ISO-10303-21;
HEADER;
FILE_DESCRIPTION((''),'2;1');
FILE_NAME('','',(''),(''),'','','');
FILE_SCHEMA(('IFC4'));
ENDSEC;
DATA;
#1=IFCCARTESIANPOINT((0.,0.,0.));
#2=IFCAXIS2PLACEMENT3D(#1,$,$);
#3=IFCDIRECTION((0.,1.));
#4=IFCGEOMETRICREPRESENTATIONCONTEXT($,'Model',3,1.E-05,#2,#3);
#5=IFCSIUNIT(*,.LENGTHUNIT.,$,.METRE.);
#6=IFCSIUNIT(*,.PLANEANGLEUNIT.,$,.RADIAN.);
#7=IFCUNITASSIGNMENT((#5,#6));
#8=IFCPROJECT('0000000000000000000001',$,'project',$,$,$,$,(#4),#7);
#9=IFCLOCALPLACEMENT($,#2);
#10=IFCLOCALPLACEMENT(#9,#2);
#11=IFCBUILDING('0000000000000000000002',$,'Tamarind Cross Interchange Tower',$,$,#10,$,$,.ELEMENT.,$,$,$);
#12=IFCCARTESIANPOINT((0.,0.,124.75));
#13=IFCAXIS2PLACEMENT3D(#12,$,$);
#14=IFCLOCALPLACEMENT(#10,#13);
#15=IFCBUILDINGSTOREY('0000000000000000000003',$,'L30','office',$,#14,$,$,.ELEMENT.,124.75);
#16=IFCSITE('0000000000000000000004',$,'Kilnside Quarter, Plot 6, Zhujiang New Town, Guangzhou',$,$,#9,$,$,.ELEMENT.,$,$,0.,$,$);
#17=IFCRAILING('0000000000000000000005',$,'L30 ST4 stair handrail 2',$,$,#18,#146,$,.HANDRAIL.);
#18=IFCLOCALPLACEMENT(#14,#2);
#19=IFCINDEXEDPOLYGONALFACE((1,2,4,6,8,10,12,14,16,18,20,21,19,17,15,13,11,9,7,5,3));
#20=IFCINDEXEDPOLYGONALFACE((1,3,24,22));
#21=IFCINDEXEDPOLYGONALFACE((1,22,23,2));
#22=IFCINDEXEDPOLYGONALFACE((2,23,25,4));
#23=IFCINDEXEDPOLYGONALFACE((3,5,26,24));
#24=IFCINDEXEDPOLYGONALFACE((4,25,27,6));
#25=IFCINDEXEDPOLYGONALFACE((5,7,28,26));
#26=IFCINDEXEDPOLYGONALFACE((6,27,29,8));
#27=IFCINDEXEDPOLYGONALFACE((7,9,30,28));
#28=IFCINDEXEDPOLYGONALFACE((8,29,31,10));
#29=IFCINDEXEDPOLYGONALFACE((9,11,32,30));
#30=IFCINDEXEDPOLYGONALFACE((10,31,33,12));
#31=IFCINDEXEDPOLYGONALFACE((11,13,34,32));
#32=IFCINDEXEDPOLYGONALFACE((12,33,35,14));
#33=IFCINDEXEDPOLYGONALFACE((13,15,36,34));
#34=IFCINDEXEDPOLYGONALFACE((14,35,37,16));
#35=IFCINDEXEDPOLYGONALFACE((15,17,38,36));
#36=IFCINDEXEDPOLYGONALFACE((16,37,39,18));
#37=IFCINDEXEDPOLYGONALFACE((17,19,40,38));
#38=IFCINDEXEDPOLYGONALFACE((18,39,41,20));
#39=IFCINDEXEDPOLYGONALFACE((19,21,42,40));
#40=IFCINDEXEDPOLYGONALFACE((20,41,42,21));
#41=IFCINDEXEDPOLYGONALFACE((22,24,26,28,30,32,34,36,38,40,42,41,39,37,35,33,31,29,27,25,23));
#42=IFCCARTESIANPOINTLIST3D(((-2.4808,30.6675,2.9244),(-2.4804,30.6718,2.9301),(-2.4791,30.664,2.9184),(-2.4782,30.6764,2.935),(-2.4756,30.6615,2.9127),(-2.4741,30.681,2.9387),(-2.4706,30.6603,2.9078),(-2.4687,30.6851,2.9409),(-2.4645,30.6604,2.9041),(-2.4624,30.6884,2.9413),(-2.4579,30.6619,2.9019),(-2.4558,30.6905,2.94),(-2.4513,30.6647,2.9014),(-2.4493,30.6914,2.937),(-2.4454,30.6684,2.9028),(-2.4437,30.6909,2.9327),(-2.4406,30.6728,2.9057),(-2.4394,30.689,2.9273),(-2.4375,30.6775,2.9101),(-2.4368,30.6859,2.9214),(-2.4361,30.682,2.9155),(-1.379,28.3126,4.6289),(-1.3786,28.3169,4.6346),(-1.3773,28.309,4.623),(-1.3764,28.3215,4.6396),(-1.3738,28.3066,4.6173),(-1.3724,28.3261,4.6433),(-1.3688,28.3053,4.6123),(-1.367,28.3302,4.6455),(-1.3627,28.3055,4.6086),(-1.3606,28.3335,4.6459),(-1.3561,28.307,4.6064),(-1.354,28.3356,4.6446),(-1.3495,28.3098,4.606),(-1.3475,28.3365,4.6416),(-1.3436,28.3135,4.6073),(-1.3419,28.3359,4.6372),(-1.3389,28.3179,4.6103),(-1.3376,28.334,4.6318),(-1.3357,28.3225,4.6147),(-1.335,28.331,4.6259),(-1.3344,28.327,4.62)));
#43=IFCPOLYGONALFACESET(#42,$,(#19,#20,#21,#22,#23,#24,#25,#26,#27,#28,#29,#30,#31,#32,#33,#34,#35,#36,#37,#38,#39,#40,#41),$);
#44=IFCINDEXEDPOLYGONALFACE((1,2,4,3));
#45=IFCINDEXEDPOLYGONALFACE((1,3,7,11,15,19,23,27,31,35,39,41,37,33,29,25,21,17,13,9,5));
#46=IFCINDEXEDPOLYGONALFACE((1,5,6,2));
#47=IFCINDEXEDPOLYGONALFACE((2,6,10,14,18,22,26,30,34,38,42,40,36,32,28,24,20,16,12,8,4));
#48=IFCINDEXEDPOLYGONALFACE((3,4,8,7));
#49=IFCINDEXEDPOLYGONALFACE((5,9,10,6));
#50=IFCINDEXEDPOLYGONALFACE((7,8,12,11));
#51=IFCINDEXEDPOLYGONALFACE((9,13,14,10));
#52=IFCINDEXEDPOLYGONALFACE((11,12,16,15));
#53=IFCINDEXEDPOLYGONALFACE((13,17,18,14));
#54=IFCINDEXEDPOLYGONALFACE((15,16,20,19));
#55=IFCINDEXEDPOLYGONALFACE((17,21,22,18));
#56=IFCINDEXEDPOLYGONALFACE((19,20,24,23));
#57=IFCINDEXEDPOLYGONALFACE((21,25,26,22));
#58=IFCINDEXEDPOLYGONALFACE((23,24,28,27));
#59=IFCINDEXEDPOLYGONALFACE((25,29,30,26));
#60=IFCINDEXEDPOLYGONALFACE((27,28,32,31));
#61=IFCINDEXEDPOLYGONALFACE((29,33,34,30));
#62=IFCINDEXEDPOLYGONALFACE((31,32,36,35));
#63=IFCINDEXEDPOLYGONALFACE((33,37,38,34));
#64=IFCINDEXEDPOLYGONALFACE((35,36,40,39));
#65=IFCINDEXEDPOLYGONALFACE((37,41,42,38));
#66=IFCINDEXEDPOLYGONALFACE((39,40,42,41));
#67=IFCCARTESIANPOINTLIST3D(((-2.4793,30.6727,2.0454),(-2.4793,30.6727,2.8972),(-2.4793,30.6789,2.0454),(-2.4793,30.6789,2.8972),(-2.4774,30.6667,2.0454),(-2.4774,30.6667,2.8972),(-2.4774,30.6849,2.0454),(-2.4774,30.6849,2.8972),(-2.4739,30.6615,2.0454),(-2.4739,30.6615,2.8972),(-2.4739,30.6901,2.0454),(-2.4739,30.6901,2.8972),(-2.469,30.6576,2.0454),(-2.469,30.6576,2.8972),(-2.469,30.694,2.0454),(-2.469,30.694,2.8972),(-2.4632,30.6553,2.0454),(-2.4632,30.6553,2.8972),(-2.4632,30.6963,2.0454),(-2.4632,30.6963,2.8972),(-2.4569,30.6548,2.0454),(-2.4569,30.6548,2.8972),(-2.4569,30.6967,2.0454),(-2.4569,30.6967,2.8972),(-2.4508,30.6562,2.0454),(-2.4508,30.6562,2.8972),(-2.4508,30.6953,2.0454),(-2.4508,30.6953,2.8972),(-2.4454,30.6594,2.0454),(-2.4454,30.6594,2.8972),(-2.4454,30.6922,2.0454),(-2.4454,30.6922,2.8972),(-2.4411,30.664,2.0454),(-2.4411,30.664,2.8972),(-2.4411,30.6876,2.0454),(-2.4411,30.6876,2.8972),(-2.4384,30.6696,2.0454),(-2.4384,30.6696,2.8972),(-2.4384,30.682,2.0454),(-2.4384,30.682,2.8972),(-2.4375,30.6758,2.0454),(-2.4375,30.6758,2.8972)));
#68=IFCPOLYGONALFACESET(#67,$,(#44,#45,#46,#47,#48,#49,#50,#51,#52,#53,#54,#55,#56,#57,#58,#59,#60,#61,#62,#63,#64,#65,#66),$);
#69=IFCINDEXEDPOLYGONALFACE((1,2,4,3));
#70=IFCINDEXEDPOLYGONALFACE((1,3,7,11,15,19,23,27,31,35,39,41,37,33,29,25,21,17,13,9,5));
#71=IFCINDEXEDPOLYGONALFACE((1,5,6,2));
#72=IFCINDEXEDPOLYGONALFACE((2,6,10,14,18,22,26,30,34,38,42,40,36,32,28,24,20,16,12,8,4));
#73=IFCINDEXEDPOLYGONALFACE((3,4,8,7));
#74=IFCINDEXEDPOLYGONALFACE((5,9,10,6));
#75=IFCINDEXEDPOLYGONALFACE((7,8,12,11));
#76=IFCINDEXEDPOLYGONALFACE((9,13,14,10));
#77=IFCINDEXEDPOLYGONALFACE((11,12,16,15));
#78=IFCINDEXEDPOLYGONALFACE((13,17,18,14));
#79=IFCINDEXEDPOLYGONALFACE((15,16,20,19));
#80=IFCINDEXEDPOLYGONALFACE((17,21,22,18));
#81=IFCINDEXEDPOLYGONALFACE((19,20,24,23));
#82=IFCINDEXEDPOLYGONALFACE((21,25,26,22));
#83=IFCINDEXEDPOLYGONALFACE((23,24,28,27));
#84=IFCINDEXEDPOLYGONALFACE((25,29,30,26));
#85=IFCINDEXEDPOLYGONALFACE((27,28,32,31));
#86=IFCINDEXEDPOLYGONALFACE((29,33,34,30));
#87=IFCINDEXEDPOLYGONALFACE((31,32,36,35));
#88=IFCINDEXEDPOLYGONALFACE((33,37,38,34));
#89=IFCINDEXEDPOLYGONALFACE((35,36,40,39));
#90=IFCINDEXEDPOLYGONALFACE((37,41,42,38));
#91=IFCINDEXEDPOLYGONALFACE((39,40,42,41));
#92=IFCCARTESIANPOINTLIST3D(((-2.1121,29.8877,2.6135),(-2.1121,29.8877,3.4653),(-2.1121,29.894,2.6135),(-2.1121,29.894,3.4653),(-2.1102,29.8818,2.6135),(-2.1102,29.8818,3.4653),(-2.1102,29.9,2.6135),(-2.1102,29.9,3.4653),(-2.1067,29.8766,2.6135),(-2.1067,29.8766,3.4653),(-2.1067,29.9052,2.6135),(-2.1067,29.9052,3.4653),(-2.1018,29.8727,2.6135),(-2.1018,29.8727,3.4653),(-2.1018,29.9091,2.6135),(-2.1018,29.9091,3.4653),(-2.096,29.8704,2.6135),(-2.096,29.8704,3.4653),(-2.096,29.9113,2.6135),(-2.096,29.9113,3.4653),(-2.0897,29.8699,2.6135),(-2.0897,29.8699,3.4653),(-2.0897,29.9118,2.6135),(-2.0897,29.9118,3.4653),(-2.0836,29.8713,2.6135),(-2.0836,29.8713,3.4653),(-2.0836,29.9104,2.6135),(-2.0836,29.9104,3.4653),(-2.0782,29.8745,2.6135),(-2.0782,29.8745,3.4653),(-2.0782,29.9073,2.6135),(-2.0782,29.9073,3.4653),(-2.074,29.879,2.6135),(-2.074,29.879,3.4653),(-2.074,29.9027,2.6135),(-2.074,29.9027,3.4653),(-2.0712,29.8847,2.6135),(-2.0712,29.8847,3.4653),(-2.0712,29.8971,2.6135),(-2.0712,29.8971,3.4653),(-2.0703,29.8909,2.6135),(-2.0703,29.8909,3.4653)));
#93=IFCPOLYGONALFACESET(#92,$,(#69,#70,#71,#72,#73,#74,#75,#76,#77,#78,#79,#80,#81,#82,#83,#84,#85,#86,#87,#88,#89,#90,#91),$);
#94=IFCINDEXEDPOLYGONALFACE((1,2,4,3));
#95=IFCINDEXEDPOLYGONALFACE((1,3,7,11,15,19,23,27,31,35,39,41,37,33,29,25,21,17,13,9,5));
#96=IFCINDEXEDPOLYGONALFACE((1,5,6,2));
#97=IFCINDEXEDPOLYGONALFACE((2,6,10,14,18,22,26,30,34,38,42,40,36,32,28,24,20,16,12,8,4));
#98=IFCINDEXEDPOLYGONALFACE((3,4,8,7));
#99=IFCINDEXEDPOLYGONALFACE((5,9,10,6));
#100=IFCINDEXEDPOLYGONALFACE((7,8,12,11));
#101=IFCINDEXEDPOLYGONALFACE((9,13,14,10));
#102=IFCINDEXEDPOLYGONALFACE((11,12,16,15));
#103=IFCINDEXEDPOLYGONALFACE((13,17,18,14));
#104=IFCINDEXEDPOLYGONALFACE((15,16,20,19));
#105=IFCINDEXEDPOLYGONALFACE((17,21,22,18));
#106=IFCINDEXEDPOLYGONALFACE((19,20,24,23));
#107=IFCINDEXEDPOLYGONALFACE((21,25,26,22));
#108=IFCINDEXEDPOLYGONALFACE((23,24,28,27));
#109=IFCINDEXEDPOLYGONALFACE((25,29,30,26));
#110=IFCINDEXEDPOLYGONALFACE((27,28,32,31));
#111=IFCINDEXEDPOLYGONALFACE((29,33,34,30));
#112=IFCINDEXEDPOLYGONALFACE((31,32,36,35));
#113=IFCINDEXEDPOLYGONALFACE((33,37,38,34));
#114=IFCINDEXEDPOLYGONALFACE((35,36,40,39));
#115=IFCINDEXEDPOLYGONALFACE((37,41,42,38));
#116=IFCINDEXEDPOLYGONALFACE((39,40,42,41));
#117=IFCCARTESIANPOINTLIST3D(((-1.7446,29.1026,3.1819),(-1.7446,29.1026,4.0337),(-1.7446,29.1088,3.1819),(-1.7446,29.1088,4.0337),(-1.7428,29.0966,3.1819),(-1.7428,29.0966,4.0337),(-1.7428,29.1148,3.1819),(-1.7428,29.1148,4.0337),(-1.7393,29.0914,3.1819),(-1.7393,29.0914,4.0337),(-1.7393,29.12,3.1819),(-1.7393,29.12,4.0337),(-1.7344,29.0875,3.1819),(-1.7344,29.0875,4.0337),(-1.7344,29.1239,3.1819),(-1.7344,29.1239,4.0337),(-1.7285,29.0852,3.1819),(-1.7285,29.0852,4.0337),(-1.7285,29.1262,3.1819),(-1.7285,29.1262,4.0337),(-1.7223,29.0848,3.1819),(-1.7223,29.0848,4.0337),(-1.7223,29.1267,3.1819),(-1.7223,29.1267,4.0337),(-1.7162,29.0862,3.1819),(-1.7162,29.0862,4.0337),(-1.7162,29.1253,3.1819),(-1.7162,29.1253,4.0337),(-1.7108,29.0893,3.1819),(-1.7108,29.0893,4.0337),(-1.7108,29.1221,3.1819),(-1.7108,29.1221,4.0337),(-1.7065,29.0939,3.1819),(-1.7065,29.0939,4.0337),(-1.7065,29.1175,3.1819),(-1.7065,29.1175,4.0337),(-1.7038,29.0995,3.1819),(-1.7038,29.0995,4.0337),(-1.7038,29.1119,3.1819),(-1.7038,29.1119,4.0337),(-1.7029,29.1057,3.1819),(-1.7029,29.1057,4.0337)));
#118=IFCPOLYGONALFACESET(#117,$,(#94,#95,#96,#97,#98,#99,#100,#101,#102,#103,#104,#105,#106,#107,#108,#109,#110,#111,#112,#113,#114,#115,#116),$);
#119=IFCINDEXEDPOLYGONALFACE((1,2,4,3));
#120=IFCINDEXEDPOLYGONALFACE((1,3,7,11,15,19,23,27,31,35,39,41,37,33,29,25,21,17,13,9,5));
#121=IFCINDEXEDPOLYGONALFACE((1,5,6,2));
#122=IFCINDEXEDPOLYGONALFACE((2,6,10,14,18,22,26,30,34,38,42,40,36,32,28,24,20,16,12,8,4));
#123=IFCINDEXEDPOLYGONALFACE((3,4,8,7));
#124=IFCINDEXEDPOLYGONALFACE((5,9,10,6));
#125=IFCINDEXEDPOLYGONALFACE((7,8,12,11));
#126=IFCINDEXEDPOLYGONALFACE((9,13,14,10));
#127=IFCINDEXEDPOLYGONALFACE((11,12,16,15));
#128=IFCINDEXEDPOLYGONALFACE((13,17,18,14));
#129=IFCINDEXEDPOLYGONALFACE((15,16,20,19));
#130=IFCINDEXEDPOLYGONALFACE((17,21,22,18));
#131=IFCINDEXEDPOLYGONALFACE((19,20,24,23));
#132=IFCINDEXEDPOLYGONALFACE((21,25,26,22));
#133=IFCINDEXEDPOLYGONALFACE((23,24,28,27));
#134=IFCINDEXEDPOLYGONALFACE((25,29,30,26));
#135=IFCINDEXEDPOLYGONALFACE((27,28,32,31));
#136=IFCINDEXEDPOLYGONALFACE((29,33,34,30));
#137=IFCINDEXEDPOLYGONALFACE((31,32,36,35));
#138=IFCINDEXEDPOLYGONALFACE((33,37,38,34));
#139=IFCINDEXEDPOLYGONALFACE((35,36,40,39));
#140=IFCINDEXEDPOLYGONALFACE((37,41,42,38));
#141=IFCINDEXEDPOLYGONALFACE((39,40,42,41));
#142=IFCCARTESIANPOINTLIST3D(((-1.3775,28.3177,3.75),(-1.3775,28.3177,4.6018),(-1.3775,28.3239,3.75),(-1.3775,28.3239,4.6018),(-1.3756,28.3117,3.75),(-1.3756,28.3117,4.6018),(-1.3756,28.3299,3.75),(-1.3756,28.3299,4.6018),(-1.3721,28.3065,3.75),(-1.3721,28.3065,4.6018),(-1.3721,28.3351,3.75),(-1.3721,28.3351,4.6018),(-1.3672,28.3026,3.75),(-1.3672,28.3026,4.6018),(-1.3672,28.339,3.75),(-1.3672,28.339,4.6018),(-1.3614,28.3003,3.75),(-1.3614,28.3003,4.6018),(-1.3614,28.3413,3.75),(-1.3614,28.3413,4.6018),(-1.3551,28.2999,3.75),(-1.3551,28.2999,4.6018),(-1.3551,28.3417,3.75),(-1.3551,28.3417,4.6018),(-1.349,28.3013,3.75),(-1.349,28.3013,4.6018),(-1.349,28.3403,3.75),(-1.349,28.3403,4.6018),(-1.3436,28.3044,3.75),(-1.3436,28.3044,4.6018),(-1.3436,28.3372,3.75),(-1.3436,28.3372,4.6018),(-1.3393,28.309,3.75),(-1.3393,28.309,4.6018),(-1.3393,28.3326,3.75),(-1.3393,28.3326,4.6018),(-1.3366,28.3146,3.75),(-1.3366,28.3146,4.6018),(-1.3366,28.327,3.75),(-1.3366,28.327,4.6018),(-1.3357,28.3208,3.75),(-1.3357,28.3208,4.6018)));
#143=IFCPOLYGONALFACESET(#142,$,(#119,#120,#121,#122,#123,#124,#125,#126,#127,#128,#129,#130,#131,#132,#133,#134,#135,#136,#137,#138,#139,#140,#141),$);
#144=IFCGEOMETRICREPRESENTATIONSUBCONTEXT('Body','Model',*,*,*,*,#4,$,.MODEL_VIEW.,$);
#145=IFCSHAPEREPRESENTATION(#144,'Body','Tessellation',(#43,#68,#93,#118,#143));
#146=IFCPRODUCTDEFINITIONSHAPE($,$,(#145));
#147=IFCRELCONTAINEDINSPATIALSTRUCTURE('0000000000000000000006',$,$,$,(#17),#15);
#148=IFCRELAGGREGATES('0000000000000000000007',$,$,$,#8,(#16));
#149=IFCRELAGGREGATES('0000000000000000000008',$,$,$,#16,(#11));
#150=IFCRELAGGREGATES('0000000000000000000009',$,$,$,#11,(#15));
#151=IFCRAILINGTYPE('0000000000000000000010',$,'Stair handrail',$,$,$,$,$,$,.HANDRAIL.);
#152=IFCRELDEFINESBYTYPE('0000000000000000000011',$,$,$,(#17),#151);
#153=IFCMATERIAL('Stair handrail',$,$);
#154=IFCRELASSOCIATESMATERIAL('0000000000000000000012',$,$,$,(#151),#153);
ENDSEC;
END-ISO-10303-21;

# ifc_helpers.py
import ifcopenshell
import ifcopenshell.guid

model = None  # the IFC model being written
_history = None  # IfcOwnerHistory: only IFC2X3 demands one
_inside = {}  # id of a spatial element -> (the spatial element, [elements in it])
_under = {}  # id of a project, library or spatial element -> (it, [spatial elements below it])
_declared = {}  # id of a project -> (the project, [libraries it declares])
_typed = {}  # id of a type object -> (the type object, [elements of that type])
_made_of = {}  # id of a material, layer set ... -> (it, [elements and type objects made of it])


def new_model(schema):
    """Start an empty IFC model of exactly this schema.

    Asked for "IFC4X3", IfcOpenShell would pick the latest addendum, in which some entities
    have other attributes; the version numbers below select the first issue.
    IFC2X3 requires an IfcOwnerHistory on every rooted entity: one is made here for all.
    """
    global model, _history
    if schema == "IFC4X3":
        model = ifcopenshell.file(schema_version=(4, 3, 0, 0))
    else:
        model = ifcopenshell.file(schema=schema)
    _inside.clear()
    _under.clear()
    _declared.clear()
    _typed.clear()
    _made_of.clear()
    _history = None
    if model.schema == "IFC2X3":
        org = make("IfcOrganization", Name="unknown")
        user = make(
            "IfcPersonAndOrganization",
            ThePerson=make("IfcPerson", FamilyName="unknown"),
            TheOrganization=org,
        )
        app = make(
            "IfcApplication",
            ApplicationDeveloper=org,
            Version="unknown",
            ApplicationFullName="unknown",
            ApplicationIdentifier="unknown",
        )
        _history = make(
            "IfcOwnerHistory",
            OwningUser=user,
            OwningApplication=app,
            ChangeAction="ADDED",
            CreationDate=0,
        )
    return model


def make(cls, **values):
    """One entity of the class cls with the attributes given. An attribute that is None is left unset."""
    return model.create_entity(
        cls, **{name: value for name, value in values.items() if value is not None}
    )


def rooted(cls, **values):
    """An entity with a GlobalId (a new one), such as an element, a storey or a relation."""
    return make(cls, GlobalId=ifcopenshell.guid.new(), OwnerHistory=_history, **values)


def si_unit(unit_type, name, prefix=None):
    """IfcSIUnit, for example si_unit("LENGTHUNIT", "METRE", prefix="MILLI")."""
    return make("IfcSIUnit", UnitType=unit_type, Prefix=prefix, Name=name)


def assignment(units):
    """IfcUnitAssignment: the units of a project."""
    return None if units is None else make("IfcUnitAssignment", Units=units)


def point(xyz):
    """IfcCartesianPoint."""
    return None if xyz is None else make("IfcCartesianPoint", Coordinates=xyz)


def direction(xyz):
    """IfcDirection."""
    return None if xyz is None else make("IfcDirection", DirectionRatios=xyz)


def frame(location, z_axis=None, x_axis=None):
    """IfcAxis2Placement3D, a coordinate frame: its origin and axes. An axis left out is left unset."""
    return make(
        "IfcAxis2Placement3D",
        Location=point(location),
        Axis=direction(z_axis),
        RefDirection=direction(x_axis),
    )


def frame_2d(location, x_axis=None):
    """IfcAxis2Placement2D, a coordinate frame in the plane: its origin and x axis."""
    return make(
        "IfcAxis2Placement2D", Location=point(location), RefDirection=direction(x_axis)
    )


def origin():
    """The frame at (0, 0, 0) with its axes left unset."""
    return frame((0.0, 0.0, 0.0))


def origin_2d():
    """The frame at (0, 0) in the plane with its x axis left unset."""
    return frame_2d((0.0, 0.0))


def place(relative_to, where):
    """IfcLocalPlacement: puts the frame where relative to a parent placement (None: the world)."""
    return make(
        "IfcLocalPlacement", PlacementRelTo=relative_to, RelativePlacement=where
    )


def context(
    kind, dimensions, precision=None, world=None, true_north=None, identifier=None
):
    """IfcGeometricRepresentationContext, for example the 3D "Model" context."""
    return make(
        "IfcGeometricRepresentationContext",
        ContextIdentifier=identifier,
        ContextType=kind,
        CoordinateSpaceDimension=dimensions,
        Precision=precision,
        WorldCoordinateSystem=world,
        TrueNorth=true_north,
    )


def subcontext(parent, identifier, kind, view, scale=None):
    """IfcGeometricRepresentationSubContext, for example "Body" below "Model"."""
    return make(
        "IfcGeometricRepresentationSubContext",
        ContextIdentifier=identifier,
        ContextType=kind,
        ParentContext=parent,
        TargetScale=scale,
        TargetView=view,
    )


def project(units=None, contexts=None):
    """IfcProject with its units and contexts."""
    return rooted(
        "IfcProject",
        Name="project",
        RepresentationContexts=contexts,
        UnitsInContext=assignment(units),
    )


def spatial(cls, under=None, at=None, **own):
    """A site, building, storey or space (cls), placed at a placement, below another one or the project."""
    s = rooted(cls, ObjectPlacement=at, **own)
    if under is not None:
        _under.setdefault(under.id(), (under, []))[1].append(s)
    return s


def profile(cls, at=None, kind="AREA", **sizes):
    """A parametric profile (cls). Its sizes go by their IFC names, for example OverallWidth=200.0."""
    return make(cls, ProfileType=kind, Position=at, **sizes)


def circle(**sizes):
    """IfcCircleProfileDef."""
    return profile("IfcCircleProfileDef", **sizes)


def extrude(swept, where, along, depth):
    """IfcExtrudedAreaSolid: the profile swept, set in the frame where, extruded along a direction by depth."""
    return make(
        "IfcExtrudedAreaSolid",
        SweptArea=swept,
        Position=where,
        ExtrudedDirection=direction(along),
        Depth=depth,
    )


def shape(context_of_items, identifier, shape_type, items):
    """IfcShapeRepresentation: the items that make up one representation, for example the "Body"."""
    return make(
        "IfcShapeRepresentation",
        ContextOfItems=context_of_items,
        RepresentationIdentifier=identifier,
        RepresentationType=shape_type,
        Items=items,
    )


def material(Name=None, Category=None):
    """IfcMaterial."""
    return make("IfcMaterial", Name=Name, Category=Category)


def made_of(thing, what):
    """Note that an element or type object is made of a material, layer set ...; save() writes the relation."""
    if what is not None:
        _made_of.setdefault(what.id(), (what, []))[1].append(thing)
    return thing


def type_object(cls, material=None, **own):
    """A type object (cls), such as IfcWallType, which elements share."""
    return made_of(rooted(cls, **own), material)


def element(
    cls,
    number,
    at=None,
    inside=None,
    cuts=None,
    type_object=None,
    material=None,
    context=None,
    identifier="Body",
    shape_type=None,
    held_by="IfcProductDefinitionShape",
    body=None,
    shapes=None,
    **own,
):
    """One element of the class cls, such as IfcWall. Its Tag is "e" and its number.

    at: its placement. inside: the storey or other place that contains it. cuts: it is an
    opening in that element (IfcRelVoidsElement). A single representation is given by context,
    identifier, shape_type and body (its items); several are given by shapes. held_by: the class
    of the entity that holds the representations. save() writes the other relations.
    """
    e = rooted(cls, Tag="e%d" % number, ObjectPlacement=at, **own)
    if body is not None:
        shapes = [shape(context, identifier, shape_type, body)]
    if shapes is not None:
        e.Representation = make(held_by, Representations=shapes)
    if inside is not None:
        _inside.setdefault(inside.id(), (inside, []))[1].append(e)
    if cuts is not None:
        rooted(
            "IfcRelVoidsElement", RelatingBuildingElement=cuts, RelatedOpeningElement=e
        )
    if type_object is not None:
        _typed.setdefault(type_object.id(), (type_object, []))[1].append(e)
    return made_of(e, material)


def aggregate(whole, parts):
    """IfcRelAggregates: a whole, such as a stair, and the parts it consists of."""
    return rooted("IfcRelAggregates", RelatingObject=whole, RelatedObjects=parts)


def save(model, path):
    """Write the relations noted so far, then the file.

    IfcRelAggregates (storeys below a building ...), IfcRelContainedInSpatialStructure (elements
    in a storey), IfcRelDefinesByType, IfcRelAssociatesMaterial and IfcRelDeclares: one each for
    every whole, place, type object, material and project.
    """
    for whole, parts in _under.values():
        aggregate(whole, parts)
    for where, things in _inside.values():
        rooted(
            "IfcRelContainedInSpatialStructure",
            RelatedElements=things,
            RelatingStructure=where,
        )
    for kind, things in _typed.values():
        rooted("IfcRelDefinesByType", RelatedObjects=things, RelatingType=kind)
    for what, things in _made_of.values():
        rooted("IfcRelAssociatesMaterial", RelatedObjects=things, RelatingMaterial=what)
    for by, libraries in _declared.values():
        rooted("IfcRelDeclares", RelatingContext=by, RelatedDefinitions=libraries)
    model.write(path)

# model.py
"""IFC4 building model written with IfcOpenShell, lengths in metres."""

from ifc_helpers import new_model, si_unit, direction, frame, origin, origin_2d, place, context, subcontext, project, spatial, circle, extrude, material, type_object, element, save


model = new_model("IFC4")

# Units and contexts
model_context = context("Model", 3, precision=1e-05, world=origin(), true_north=direction((0.0, 1.0)))
body_context = subcontext(model_context, "Body", "Model", "MODEL_VIEW")
ifc_project = project(units=[si_unit("LENGTHUNIT", "METRE"), si_unit("PLANEANGLEUNIT", "RADIAN")], contexts=[model_context])

# Site, building, storey
site_placement = place(None, origin())
site = spatial("IfcSite", under=ifc_project, at=site_placement, Name="Kilnside Quarter, Plot 6, Zhujiang New Town, Guangzhou", CompositionType="ELEMENT", RefElevation=0.0)
building_placement = place(site_placement, origin())
building = spatial("IfcBuilding", under=site, at=building_placement, Name="Tamarind Cross Interchange Tower", CompositionType="ELEMENT")
storey_placement = place(building_placement, frame((0.0, 0.0, 124.75)))
storey = spatial("IfcBuildingStorey", under=building, at=storey_placement, Name="L30", Description="office", CompositionType="ELEMENT", Elevation=124.75)

# Railing
ifc_material_1 = material(Name="Stair handrail")
railing_type = type_object("IfcRailingType", Name="Stair handrail", PredefinedType="HANDRAIL", material=ifc_material_1)
railing_placement = place(storey_placement, frame((-2.4585, 30.6758, 2.0454)))
element("IfcRailing", 1, at=railing_placement, inside=storey, type_object=railing_type, Name="L30 ST4 stair handrail 2", PredefinedType="HANDRAIL", context=body_context, shape_type="SweptSolid", body=[
    extrude(circle(Radius=0.0239, at=origin_2d()), frame((0.0, 0.0, 0.876), z_axis=(0.354399, -0.757485, 0.548286), x_axis=(0.905768, 0.423775, 0.0)), (0.0, 0.0, 1.0), 3.1089),
    extrude(circle(Radius=0.021, at=origin_2d()), origin(), (0.0, 0.0, 1.0), 0.8518),
    extrude(circle(Radius=0.021, at=origin_2d()), frame((0.3672, -0.7849, 0.5681)), (0.0, 0.0, 1.0), 0.8518),
    extrude(circle(Radius=0.021, at=origin_2d()), frame((0.7346, -1.5701, 1.1365)), (0.0, 0.0, 1.0), 0.8518),
    extrude(circle(Radius=0.021, at=origin_2d()), frame((1.1018, -2.355, 1.7046)), (0.0, 0.0, 1.0), 0.8518),
])

save(model, "model.ifc")
